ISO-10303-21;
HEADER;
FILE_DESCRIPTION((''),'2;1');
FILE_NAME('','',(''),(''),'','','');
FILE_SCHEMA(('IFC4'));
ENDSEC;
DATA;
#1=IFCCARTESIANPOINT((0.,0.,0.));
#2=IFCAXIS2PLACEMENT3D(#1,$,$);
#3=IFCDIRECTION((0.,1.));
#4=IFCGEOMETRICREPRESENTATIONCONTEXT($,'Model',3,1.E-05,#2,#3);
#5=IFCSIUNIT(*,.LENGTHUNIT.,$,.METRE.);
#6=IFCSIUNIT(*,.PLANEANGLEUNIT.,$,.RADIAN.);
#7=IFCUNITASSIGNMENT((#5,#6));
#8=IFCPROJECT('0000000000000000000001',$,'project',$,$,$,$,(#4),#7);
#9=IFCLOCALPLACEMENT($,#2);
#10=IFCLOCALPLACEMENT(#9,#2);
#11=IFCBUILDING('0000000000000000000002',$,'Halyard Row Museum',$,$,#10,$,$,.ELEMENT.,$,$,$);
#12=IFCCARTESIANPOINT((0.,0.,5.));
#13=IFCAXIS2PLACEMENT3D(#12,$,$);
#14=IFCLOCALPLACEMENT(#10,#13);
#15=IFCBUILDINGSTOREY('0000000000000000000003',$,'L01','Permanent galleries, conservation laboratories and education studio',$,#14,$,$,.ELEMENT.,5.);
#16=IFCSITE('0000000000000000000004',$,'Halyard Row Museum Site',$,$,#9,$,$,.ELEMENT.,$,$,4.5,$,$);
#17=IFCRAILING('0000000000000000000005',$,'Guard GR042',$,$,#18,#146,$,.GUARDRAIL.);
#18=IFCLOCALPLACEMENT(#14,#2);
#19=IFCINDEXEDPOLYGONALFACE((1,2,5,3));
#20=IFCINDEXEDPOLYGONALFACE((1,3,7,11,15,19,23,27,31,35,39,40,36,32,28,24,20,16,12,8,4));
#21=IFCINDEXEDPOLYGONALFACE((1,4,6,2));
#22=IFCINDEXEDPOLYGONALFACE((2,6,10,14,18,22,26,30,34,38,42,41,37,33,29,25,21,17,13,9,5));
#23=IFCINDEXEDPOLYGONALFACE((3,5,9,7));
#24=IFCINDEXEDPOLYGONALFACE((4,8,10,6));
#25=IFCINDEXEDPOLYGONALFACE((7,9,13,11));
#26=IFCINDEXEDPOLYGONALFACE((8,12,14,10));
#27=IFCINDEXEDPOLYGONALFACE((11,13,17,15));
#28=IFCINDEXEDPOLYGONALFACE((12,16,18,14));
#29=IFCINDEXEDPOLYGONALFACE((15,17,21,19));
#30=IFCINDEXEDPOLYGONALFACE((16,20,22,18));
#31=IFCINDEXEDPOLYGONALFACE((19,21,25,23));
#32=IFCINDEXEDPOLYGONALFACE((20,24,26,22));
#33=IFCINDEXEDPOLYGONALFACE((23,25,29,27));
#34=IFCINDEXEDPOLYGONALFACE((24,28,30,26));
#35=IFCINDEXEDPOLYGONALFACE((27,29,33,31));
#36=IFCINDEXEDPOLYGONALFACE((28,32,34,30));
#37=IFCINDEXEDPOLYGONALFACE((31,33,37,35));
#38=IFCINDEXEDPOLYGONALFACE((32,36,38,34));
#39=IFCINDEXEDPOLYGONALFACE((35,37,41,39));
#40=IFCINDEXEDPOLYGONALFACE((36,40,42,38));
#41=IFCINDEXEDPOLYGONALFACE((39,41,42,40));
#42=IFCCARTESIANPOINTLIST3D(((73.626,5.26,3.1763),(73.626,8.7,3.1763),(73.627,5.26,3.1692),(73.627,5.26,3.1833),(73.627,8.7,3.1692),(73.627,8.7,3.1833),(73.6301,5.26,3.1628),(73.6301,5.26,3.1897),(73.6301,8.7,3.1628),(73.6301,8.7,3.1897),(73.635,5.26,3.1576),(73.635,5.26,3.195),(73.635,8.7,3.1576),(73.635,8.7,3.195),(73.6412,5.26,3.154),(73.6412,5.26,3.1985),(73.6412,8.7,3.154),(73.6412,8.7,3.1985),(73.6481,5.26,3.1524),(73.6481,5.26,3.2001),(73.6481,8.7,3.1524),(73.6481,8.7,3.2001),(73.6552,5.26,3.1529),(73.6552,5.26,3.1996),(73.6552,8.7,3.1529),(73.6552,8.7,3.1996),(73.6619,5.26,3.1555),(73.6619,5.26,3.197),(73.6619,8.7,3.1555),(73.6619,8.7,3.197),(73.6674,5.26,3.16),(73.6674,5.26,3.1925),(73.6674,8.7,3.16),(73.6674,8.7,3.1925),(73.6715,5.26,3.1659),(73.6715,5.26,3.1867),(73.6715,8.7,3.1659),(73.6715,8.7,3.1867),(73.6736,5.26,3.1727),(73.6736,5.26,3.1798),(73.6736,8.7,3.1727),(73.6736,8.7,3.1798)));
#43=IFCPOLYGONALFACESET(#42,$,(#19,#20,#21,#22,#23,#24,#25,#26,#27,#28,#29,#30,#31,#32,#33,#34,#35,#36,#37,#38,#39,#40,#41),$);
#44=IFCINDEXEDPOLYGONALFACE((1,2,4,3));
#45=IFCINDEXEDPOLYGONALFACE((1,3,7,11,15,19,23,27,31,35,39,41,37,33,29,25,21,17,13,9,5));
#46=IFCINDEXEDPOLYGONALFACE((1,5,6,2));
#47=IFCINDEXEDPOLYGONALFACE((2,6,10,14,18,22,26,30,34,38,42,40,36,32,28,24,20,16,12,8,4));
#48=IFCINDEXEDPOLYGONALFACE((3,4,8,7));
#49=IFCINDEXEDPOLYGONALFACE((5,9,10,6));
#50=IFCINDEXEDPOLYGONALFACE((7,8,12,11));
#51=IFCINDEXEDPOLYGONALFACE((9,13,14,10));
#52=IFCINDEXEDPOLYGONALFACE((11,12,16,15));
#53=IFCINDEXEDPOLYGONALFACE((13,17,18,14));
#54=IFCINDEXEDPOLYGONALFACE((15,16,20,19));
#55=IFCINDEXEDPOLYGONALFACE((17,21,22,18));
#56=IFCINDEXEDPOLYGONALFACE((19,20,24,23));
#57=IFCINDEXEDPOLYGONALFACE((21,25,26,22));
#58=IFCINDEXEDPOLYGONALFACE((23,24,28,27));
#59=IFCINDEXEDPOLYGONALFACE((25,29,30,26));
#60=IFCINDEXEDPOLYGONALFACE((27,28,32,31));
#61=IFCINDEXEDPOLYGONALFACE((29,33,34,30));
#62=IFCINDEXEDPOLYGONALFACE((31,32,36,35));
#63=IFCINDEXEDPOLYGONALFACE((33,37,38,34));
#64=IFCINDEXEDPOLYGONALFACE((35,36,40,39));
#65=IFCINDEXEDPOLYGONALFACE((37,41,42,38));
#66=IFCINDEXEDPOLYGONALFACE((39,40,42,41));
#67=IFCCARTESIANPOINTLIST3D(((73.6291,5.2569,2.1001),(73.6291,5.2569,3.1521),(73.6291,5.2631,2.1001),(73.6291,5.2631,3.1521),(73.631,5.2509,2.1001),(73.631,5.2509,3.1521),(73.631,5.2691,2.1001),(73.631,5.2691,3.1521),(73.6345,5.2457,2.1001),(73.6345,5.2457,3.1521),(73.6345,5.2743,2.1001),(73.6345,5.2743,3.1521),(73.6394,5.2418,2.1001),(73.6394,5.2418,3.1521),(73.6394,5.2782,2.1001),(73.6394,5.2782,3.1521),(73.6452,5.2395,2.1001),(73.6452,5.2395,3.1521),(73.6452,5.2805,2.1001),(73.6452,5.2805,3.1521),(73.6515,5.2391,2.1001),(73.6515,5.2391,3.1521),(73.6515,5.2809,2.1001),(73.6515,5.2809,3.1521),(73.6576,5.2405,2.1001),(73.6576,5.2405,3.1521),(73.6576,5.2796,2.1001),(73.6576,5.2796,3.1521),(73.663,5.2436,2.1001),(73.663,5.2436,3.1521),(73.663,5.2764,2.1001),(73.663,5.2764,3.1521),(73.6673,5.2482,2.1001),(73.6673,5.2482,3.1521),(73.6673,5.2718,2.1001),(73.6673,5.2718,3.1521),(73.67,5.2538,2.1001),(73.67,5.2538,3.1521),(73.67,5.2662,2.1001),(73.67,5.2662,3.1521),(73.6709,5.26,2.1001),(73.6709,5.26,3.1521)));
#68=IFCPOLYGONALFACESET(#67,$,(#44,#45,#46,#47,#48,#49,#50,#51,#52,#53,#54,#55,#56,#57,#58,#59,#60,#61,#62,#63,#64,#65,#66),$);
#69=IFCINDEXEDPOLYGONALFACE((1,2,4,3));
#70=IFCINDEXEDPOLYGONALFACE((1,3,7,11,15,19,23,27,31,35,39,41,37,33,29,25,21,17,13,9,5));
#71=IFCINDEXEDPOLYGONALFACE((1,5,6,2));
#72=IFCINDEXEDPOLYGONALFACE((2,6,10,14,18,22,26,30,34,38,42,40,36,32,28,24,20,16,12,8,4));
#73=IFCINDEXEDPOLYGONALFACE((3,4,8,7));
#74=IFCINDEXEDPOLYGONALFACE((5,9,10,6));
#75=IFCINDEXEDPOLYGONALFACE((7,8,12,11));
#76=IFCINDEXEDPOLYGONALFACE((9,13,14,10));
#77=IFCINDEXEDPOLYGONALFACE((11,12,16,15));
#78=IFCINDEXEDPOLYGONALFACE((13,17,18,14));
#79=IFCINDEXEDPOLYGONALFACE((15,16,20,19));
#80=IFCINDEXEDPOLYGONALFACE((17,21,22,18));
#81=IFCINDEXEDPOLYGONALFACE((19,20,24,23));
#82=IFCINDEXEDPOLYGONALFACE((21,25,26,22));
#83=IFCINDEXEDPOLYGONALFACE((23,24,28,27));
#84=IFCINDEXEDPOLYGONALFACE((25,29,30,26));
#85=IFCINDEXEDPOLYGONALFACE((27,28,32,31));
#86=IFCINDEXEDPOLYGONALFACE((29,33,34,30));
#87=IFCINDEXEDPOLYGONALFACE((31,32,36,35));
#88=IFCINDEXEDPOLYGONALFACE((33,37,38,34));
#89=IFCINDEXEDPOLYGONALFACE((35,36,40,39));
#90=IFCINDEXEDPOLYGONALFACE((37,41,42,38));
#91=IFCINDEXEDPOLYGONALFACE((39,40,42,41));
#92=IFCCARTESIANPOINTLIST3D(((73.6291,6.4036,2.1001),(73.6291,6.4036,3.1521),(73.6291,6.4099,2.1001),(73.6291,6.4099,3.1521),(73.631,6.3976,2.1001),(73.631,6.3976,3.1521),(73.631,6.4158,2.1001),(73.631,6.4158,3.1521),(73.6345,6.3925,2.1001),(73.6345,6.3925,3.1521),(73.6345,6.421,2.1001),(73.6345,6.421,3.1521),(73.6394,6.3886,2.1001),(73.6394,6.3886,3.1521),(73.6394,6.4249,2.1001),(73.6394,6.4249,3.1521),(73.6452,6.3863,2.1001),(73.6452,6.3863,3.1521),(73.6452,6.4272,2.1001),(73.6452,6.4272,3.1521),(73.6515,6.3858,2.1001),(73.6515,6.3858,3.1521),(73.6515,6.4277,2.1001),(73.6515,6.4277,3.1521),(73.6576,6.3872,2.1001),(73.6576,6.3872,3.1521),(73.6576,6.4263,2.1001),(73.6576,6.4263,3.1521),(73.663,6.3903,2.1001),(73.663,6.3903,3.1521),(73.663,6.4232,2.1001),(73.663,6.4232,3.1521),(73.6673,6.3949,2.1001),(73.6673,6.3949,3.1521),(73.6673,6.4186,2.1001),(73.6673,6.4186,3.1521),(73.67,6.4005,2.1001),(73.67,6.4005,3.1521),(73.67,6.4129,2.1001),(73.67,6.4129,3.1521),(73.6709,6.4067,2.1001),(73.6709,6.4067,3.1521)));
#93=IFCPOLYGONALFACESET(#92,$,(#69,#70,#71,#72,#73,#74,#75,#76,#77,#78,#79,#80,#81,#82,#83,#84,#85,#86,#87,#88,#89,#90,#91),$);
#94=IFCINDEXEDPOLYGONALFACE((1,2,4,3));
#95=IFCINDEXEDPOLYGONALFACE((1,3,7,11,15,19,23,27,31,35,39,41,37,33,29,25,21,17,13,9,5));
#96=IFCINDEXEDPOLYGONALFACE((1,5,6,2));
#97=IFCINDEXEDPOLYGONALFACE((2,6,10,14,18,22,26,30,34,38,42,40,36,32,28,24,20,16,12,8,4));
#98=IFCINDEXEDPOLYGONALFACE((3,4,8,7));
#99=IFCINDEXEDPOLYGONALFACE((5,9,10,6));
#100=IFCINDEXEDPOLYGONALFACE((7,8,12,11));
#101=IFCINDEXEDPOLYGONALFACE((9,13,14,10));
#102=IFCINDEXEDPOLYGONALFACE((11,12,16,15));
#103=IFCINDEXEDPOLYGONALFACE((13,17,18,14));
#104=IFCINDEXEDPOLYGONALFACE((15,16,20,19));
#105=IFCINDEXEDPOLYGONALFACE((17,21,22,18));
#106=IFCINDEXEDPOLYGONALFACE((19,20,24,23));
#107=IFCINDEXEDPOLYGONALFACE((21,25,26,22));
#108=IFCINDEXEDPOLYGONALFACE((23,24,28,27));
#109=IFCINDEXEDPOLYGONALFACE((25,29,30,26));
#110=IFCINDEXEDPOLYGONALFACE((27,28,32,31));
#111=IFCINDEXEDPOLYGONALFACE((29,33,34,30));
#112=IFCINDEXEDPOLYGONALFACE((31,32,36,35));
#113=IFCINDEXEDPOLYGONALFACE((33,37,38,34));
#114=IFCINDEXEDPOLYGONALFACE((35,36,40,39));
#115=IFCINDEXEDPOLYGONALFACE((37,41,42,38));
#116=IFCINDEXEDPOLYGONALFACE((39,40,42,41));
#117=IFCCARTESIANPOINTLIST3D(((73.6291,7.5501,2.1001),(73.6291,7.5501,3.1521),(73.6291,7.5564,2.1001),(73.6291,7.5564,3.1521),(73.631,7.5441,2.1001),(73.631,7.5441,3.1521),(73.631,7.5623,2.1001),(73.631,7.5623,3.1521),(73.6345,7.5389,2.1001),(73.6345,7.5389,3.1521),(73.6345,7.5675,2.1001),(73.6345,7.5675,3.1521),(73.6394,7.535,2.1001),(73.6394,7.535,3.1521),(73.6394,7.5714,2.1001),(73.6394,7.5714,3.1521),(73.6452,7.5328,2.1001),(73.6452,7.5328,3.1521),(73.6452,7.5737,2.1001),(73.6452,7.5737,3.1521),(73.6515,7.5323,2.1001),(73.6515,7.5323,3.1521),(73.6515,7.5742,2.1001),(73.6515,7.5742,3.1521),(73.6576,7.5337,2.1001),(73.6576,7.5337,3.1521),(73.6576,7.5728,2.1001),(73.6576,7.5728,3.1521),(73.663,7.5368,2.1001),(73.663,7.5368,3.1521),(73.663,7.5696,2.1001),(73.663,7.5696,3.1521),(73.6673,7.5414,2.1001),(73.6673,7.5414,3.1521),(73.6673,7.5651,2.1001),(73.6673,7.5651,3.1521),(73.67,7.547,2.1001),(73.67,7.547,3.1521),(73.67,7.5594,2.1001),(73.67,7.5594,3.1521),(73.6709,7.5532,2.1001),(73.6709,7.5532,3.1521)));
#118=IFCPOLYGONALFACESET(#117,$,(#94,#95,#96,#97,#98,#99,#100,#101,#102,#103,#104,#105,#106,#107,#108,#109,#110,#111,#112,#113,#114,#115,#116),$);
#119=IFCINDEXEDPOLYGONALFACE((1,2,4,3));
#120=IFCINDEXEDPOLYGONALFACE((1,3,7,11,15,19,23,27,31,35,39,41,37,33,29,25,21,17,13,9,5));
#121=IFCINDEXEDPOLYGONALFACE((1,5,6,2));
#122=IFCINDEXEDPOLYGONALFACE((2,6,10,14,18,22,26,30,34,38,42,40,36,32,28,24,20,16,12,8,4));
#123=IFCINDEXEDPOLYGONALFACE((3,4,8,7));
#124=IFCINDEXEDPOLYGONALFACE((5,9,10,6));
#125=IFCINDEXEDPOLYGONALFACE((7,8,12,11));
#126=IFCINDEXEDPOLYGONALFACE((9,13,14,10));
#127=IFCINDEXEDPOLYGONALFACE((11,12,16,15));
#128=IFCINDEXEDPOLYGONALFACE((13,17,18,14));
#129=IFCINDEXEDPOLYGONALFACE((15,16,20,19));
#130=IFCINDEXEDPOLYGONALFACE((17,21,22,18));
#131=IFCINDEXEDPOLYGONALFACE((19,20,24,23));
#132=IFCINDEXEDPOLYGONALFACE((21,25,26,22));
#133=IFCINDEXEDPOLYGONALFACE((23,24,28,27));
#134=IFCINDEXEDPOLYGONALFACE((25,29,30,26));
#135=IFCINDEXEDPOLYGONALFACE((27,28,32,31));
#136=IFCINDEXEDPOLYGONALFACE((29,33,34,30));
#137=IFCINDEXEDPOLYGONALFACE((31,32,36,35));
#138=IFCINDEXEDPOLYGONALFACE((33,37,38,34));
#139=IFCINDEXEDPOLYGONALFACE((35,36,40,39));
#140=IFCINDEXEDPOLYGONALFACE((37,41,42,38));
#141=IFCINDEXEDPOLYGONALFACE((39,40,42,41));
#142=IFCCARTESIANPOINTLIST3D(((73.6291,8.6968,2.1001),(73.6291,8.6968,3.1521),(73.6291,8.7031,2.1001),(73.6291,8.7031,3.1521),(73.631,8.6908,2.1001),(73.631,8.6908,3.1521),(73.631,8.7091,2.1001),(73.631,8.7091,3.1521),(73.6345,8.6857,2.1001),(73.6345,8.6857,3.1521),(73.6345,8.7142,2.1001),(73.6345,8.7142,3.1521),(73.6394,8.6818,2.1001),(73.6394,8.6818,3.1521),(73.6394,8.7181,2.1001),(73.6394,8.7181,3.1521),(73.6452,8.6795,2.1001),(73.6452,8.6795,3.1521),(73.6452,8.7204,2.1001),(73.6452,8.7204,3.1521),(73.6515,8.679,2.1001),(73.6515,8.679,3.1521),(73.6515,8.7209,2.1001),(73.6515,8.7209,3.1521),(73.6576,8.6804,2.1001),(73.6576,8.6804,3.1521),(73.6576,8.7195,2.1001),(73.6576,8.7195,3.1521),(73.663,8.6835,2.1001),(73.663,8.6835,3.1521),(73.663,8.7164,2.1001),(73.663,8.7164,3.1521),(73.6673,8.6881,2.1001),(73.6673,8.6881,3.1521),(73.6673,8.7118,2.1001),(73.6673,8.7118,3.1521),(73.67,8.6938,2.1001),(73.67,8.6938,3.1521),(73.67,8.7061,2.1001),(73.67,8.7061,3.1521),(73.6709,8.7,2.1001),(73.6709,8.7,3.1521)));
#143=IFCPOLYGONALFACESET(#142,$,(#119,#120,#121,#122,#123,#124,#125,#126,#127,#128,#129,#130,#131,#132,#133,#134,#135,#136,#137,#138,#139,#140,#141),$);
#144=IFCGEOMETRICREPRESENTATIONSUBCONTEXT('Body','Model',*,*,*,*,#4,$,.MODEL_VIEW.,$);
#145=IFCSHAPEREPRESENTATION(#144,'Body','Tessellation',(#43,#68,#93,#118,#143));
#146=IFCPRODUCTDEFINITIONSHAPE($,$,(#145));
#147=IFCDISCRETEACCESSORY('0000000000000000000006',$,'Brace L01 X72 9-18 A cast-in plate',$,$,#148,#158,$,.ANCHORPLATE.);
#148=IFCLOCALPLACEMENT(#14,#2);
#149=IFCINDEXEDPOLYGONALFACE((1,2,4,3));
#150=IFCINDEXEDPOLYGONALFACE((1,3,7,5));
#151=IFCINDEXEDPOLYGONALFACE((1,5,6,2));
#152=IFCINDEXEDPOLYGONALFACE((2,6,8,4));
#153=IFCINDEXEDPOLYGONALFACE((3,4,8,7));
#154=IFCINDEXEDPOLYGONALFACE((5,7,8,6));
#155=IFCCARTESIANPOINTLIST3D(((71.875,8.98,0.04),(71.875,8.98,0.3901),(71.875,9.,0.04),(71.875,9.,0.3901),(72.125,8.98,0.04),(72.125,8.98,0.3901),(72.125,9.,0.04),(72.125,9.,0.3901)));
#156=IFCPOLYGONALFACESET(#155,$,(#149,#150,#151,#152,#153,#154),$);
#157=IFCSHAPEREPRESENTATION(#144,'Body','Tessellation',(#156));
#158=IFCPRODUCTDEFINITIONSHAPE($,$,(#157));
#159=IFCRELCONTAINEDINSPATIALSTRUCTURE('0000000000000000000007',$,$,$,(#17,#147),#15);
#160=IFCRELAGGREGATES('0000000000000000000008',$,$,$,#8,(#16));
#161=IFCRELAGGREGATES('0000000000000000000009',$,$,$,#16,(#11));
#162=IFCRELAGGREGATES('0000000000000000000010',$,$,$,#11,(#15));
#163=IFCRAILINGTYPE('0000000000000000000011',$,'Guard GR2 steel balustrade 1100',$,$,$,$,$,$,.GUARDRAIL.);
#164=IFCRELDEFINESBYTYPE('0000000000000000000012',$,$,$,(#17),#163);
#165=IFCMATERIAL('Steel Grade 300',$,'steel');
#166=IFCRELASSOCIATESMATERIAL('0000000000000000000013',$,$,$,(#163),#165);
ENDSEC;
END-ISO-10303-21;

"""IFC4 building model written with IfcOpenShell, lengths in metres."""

from ifc_helpers import new_model, si_unit, direction, frame, origin, origin_2d, place, context, subcontext, project, spatial, rectangle, circle, extrude, material, type_object, element, save


model = new_model("IFC4")

# Units and contexts
model_context = context("Model", 3, precision=1e-05, world=origin(), true_north=direction((0.0, 1.0)))
body_context = subcontext(model_context, "Body", "Model", "MODEL_VIEW")
ifc_project = project(units=[si_unit("LENGTHUNIT", "METRE"), si_unit("PLANEANGLEUNIT", "RADIAN")], contexts=[model_context])

# Site, building, storey
site_placement = place(None, origin())
site = spatial("IfcSite", under=ifc_project, at=site_placement, Name="Halyard Row Museum Site", CompositionType="ELEMENT", RefElevation=4.5)
building_placement = place(site_placement, origin())
building = spatial("IfcBuilding", under=site, at=building_placement, Name="Halyard Row Museum", CompositionType="ELEMENT")
storey_placement = place(building_placement, frame((0.0, 0.0, 5.0)))
storey = spatial("IfcBuildingStorey", under=building, at=storey_placement, Name="L01", Description="Permanent galleries, conservation laboratories and education studio", CompositionType="ELEMENT", Elevation=5.0)

# Railing
ifc_material_1 = material(Name="Steel Grade 300", Category="steel")
railing_type_1 = type_object("IfcRailingType", Name="Guard GR2 steel balustrade 1100", PredefinedType="GUARDRAIL", material=ifc_material_1)
railing_1_placement = place(storey_placement, frame((73.6499, 5.26, 2.1001)))
element("IfcRailing", 1, at=railing_1_placement, inside=storey, type_object=railing_type_1, Name="Guard GR042", PredefinedType="GUARDRAIL", context=body_context, shape_type="SweptSolid", body=[
    extrude(circle(Radius=0.0239, at=origin_2d()), frame((0.0, 0.0, 1.0762), z_axis=(0.0, 1.0, 0.0), x_axis=(-1.0, 0.0, 0.0)), (0.0, 0.0, 1.0), 3.4399),
    extrude(circle(Radius=0.021, at=origin_2d()), origin(), (0.0, 0.0, 1.0), 1.052),
    extrude(circle(Radius=0.021, at=origin_2d()), frame((0.0, 1.1467, 0.0)), (0.0, 0.0, 1.0), 1.052),
    extrude(circle(Radius=0.021, at=origin_2d()), frame((0.0, 2.2932, 0.0)), (0.0, 0.0, 1.0), 1.052),
    extrude(circle(Radius=0.021, at=origin_2d()), frame((0.0, 3.4399, 0.0)), (0.0, 0.0, 1.0), 1.052),
])

# Discrete accessory
discrete_accessory_placement = place(storey_placement, frame((72.0, 9.0, 0.2151), z_axis=(0.0, -1.0, 0.0), x_axis=(1.0, 0.0, 0.0)))
element("IfcDiscreteAccessory", 2, at=discrete_accessory_placement, inside=storey, Name="Brace L01 X72 9-18 A cast-in plate", PredefinedType="ANCHORPLATE", context=body_context, shape_type="SweptSolid", body=[
    extrude(rectangle(XDim=0.25, YDim=0.3501, at=origin_2d()), origin(), (0.0, 0.0, 1.0), 0.02),
])

save(model, "model.ifc")
